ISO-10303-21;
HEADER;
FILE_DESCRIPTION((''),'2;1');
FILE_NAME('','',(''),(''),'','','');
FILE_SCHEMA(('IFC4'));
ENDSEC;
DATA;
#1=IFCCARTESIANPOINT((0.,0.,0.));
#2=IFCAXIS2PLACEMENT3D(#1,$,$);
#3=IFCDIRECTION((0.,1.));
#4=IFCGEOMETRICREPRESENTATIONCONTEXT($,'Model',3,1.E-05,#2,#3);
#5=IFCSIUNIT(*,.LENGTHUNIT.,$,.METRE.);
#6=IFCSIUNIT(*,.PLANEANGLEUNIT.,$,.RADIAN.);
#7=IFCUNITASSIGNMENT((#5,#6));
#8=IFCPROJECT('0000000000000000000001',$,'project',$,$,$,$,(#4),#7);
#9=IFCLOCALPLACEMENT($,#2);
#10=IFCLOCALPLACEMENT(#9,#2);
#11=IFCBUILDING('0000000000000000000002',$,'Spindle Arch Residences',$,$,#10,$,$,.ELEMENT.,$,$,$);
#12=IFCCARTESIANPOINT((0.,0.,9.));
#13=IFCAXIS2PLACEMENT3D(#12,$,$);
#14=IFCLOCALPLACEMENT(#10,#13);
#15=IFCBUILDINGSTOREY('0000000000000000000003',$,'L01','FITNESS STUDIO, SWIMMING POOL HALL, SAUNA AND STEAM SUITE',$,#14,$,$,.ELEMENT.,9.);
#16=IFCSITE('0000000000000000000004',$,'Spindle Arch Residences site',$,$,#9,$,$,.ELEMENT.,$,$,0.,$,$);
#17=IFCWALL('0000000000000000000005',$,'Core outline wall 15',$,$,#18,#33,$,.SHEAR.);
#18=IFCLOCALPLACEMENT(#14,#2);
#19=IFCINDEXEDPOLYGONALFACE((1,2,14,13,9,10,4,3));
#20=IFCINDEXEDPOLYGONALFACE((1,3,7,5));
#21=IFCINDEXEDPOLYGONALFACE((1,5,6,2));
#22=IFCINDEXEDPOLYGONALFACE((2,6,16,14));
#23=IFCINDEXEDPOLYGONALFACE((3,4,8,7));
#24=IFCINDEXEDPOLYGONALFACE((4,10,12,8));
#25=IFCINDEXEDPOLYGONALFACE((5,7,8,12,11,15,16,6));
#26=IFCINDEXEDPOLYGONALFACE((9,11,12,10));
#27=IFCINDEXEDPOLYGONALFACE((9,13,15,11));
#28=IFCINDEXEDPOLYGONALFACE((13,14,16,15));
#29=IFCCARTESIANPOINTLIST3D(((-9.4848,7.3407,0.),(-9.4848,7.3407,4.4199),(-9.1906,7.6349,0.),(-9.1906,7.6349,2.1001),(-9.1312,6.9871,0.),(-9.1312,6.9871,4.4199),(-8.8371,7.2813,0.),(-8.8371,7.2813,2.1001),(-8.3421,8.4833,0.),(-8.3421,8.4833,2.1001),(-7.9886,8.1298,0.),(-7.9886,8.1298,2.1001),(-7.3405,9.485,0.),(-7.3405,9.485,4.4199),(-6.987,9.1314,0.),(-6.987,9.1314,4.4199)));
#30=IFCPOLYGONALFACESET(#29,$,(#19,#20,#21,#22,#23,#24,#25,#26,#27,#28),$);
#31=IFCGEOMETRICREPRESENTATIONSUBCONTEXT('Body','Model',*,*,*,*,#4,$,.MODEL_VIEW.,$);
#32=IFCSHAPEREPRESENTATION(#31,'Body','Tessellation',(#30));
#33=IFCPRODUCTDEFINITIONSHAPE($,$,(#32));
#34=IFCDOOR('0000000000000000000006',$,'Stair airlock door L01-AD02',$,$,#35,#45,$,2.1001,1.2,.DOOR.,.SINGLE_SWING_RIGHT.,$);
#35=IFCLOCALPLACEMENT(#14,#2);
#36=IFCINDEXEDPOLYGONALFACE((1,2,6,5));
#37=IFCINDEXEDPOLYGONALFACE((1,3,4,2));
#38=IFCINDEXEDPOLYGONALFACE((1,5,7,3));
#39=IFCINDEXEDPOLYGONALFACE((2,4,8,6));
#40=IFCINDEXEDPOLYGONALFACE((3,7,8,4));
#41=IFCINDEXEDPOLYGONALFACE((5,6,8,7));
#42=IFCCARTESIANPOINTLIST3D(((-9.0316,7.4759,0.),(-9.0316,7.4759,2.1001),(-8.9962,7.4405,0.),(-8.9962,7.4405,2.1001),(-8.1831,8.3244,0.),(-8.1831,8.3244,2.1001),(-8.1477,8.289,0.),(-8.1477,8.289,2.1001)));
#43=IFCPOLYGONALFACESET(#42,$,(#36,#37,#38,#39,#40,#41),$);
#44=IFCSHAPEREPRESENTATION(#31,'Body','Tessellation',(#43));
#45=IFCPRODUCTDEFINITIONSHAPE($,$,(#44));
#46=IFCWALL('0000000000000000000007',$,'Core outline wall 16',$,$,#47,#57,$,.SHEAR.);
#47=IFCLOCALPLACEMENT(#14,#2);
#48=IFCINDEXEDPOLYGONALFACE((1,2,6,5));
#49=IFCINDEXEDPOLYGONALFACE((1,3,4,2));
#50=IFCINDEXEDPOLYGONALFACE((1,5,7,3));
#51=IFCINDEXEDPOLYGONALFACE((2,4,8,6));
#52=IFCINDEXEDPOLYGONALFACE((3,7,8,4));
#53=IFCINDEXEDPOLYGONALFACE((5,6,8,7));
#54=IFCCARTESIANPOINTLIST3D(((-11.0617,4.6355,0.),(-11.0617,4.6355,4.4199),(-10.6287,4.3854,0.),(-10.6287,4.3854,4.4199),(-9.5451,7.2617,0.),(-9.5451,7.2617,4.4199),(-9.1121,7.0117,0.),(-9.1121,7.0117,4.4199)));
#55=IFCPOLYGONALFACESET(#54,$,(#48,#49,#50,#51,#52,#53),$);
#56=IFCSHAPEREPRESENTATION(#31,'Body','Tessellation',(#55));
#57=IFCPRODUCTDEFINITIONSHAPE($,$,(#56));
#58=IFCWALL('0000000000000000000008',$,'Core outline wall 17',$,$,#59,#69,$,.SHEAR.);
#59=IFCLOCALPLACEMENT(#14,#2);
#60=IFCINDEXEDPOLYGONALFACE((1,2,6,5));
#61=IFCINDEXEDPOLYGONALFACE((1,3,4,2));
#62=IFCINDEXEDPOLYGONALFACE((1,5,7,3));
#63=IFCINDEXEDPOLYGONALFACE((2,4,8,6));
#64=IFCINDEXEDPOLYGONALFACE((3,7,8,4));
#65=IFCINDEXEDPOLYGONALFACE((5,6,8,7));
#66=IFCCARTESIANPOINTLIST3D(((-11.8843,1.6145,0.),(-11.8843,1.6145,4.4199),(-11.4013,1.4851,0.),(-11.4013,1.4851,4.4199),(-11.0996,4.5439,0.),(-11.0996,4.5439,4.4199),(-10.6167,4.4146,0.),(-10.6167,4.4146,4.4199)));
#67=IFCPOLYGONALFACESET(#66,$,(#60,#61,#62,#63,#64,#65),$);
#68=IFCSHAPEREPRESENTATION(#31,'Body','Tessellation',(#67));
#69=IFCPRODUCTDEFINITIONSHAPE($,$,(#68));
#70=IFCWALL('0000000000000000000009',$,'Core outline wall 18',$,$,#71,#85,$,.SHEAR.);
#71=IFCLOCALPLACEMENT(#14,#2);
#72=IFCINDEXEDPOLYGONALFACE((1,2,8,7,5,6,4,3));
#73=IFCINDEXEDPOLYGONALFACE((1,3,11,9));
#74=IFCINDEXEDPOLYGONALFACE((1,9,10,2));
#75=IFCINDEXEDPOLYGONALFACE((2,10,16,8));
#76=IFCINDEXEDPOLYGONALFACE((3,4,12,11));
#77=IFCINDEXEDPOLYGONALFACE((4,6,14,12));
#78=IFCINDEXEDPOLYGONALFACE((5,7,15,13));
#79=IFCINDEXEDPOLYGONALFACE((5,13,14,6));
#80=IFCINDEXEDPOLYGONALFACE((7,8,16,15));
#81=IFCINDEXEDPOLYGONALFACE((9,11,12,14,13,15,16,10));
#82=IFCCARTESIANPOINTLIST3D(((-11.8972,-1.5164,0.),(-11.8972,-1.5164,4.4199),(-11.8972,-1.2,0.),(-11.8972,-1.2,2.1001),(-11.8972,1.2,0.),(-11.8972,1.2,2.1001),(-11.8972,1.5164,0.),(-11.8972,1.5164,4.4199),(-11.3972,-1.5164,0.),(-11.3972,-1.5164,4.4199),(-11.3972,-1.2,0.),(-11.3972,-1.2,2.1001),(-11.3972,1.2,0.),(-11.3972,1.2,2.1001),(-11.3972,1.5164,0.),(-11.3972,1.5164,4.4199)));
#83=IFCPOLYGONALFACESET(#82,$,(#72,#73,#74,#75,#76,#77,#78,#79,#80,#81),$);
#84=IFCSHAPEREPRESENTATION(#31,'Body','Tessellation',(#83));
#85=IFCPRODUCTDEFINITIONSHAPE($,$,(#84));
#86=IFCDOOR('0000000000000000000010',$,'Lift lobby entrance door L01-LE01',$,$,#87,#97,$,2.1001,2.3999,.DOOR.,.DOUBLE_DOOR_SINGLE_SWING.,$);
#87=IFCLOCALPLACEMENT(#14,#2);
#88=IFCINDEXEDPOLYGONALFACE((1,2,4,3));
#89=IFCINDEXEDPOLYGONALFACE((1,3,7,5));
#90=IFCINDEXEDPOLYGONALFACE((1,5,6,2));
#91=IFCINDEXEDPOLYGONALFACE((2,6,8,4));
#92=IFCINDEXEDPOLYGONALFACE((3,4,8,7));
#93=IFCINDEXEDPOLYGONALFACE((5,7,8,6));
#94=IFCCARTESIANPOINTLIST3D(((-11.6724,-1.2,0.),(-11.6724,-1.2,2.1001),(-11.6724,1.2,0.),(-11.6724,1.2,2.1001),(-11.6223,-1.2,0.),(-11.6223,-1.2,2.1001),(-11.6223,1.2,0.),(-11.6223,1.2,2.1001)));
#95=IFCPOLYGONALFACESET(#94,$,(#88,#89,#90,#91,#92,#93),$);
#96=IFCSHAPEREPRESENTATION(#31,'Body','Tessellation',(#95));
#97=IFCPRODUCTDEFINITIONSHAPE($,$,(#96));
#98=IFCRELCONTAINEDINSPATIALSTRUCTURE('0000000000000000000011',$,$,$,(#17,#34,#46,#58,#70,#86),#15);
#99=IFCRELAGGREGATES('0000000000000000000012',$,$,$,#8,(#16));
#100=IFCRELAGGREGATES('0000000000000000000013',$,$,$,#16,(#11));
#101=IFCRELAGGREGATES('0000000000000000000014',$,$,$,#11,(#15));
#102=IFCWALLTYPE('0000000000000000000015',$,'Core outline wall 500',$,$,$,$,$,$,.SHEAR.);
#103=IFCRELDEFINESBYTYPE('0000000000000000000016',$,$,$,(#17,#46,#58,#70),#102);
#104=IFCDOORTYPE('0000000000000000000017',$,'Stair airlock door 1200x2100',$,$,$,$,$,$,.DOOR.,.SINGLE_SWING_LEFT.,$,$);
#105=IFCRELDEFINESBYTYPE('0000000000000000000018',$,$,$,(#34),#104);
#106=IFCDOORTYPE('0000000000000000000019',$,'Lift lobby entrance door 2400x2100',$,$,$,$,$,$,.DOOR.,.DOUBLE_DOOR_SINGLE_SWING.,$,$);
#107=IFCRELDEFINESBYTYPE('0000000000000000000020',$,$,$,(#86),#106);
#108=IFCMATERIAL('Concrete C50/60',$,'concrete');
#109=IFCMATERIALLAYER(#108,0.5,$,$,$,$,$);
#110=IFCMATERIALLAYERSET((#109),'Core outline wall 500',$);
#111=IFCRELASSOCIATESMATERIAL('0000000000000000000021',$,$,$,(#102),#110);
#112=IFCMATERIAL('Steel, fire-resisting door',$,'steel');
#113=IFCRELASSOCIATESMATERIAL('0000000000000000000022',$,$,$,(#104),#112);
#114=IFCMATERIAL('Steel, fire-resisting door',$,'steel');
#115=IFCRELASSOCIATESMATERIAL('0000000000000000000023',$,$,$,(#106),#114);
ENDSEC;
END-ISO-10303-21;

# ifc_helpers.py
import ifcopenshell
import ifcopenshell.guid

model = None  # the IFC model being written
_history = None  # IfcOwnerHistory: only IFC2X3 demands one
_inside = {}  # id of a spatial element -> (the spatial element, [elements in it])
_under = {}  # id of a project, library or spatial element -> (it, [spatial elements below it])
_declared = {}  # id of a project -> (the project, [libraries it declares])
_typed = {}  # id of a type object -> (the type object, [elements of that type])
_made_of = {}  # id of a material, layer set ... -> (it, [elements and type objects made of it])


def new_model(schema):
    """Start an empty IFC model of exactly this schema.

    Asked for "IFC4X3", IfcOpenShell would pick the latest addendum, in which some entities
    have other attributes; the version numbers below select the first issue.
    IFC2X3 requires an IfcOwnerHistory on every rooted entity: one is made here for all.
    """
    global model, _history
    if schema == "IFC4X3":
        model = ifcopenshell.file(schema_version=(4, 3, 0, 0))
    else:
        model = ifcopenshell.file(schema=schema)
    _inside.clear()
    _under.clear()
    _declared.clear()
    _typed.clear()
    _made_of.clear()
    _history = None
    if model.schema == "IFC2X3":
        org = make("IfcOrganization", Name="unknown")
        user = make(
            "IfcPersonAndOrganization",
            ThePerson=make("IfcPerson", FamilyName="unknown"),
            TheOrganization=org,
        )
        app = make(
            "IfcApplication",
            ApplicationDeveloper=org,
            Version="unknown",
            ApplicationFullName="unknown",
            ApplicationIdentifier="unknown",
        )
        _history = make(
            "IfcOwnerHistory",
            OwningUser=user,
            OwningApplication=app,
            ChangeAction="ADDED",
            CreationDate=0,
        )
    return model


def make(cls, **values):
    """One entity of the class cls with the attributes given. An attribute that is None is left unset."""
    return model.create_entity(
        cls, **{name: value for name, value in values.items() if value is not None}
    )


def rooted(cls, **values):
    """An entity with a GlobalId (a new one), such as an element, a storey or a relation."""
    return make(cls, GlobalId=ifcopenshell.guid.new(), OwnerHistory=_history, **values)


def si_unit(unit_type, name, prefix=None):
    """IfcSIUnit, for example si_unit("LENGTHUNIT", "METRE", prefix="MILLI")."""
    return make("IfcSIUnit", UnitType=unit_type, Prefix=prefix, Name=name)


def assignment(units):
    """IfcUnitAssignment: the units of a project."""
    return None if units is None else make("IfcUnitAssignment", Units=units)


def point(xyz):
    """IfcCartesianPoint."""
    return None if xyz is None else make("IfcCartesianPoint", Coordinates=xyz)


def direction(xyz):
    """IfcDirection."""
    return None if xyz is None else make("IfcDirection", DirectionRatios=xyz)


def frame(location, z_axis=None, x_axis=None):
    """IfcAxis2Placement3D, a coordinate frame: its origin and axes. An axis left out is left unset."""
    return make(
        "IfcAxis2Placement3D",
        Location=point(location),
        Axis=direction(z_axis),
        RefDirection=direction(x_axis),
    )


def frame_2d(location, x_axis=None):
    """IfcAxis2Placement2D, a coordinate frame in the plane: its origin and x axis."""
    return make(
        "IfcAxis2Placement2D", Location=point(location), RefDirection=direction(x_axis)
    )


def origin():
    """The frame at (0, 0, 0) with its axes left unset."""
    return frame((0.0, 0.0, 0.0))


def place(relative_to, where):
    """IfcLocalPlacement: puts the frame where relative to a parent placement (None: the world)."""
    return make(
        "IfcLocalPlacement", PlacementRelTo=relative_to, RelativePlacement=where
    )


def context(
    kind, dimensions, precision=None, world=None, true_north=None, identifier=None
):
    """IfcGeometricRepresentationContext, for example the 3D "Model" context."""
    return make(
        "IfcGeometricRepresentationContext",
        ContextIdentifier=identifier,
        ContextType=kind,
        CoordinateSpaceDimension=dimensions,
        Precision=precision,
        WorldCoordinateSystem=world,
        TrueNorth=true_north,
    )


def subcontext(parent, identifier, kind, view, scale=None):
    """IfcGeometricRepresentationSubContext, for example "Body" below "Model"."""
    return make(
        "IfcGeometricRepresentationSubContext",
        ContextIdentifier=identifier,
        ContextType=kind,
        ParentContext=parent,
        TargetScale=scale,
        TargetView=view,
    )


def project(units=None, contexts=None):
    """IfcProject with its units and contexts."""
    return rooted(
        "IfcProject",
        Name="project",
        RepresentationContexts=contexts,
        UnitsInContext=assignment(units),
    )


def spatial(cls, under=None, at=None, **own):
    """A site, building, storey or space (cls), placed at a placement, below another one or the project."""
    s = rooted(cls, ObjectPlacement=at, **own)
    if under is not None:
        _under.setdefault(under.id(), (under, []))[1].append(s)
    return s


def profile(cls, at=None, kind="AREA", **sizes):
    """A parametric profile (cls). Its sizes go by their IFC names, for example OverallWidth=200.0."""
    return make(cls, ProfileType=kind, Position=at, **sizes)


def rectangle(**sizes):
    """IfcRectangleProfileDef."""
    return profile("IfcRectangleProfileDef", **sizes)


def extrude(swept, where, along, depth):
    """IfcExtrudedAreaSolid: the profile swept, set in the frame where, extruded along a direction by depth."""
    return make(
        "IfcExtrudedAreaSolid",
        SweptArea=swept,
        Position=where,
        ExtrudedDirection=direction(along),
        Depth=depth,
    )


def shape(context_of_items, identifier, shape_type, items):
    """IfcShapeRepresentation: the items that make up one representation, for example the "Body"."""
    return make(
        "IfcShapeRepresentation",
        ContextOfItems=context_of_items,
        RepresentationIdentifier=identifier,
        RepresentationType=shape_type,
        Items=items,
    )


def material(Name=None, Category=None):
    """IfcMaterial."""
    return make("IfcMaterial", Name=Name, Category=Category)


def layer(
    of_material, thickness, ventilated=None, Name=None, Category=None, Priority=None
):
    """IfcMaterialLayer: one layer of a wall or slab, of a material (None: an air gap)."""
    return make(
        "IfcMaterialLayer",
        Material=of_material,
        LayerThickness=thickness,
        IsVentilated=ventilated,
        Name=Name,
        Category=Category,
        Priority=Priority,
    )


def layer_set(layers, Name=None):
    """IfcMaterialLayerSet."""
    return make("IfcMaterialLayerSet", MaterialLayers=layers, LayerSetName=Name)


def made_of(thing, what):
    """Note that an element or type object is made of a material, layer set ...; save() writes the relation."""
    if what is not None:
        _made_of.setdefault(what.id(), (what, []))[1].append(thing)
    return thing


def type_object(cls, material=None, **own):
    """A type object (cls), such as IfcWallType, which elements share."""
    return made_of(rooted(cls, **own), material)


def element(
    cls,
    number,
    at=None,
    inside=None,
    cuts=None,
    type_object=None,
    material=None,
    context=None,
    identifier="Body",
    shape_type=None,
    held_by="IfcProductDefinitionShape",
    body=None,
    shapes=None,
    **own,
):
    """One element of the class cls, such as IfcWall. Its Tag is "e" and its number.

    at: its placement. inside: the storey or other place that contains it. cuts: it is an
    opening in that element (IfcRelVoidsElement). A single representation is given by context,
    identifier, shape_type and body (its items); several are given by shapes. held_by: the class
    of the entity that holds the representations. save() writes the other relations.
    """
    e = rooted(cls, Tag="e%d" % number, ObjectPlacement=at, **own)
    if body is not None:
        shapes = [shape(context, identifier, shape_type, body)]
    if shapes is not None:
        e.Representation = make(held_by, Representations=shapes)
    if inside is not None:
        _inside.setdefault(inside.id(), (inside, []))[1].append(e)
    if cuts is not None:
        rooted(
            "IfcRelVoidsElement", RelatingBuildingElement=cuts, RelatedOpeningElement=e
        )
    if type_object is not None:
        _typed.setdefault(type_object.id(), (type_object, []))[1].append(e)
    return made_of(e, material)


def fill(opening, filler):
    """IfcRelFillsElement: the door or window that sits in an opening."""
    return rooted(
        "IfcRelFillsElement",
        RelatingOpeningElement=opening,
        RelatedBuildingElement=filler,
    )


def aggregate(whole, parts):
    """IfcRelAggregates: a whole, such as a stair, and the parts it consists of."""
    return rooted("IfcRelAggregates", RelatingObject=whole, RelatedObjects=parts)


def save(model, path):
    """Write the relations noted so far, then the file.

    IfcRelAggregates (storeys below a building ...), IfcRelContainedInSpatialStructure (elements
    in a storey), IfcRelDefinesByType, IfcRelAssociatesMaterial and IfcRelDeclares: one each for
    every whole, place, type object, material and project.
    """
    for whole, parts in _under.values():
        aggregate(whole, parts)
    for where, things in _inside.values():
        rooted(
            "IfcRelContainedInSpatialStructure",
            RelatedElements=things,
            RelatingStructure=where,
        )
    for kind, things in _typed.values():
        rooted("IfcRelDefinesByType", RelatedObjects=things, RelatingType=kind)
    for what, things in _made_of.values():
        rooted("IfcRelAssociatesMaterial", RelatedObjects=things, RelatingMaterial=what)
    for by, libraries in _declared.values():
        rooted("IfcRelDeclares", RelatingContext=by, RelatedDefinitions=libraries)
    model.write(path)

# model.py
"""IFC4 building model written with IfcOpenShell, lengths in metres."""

from ifc_helpers import new_model, si_unit, direction, frame, frame_2d, origin, place, context, subcontext, project, spatial, rectangle, extrude, material, layer, layer_set, type_object, element, fill, save


model = new_model("IFC4")

# Units and contexts
model_context = context("Model", 3, precision=1e-05, world=origin(), true_north=direction((0.0, 1.0)))
body_context = subcontext(model_context, "Body", "Model", "MODEL_VIEW")
ifc_project = project(units=[si_unit("LENGTHUNIT", "METRE"), si_unit("PLANEANGLEUNIT", "RADIAN")], contexts=[model_context])

# Site, building, storey
site_placement = place(None, origin())
site = spatial("IfcSite", under=ifc_project, at=site_placement, Name="Spindle Arch Residences site", CompositionType="ELEMENT", RefElevation=0.0)
building_placement = place(site_placement, origin())
building = spatial("IfcBuilding", under=site, at=building_placement, Name="Spindle Arch Residences", CompositionType="ELEMENT")
storey_placement = place(building_placement, frame((0.0, 0.0, 9.0)))
storey = spatial("IfcBuildingStorey", under=building, at=storey_placement, Name="L01", Description="FITNESS STUDIO, SWIMMING POOL HALL, SAUNA AND STEAM SUITE", CompositionType="ELEMENT", Elevation=9.0)

# Wall, opening, door
ifc_material_1 = material(Name="Concrete C50/60", Category="concrete")
ifc_layer_1 = layer(ifc_material_1, 0.5)
ifc_layer_set_1 = layer_set([ifc_layer_1], Name="Core outline wall 500")
wall_type_1 = type_object("IfcWallType", Name="Core outline wall 500", PredefinedType="SHEAR", material=ifc_layer_set_1)
wall_1_placement = place(storey_placement, frame((-7.1638, 9.3081, 0.0), z_axis=(0.0, 0.0, 1.0), x_axis=(-0.707107, -0.707107, 0.0)))
wall_1 = element("IfcWall", 1, at=wall_1_placement, inside=storey, type_object=wall_type_1, Name="Core outline wall 15", PredefinedType="SHEAR", context=body_context, shape_type="SweptSolid", body=[
    extrude(rectangle(XDim=3.0325, YDim=0.5, at=frame_2d((1.5161, 0.0))), origin(), (0.0, 0.0, 1.0), 4.4199),
])
opening_1_placement = place(wall_1_placement, frame((1.4163, 0.0, 0.0)))
opening_1 = element("IfcOpeningElement", 2, at=opening_1_placement, cuts=wall_1, PredefinedType="OPENING", context=body_context, shape_type="SweptSolid", body=[
    extrude(rectangle(XDim=1.2, YDim=2.1001, at=frame_2d((0.6001, 1.05))), frame((0.0, 0.26, 0.0), z_axis=(0.0, -1.0, 0.0), x_axis=(1.0, 0.0, 0.0)), (0.0, 0.0, 1.0), 0.52),
])
ifc_material_2 = material(Name="Steel, fire-resisting door", Category="steel")
door_type_1 = type_object("IfcDoorType", Name="Stair airlock door 1200x2100", OperationType="SINGLE_SWING_LEFT", PredefinedType="DOOR", material=ifc_material_2)
door_1_placement = place(opening_1_placement, origin())
door_1 = element("IfcDoor", 3, at=door_1_placement, inside=storey, type_object=door_type_1, Name="Stair airlock door L01-AD02", OperationType="SINGLE_SWING_RIGHT", OverallHeight=2.1001, OverallWidth=1.2, PredefinedType="DOOR", context=body_context, shape_type="SweptSolid", body=[
    extrude(rectangle(XDim=1.2, YDim=2.1001, at=frame_2d((0.6001, 1.05))), frame((0.0, 0.0249, 0.0), z_axis=(0.0, -1.0, 0.0), x_axis=(1.0, 0.0, 0.0)), (0.0, 0.0, 1.0), 0.05),
])
fill(opening_1, door_1)

# Walls
for number, where, z_axis, x_axis, name in (
    (4, (-9.3286, 7.1367, 0.0), (0.0, 0.0, 1.0), (-0.500087, -0.865975, 0.0), "Core outline wall 16"),
    (5, (-10.8582, 4.4792, 0.0), (0.0, 0.0, 1.0), (-0.258735, -0.965948, 0.0), "Core outline wall 17"),
):
    element("IfcWall", number, at=place(storey_placement, frame(where, z_axis=z_axis, x_axis=x_axis)), inside=storey, type_object=wall_type_1, Name=name, PredefinedType="SHEAR", context=body_context, shape_type="SweptSolid", body=[
        extrude(rectangle(XDim=3.0327, YDim=0.5, at=frame_2d((1.5164, 0.0))), origin(), (0.0, 0.0, 1.0), 4.4199),
    ])

# Wall, opening, door
wall_2_placement = place(storey_placement, frame((-11.6472, 1.5164, 0.0), z_axis=(0.0, 0.0, 1.0), x_axis=(0.0, -1.0, 0.0)))
wall_2 = element("IfcWall", 6, at=wall_2_placement, inside=storey, type_object=wall_type_1, Name="Core outline wall 18", PredefinedType="SHEAR", context=body_context, shape_type="SweptSolid", body=[
    extrude(rectangle(XDim=3.0327, YDim=0.5, at=frame_2d((1.5164, 0.0))), origin(), (0.0, 0.0, 1.0), 4.4199),
])
opening_2_placement = place(wall_2_placement, frame((0.3164, 0.0, 0.0)))
opening_2 = element("IfcOpeningElement", 7, at=opening_2_placement, cuts=wall_2, PredefinedType="OPENING", context=body_context, shape_type="SweptSolid", body=[
    extrude(rectangle(XDim=2.3999, YDim=2.1001, at=frame_2d((1.2, 1.05))), frame((0.0, 0.26, 0.0), z_axis=(0.0, -1.0, 0.0), x_axis=(1.0, 0.0, 0.0)), (0.0, 0.0, 1.0), 0.52),
])
ifc_material_3 = material(Name="Steel, fire-resisting door", Category="steel")
door_type_2 = type_object("IfcDoorType", Name="Lift lobby entrance door 2400x2100", OperationType="DOUBLE_DOOR_SINGLE_SWING", PredefinedType="DOOR", material=ifc_material_3)
door_2_placement = place(opening_2_placement, origin())
door_2 = element("IfcDoor", 8, at=door_2_placement, inside=storey, type_object=door_type_2, Name="Lift lobby entrance door L01-LE01", OperationType="DOUBLE_DOOR_SINGLE_SWING", OverallHeight=2.1001, OverallWidth=2.3999, PredefinedType="DOOR", context=body_context, shape_type="SweptSolid", body=[
    extrude(rectangle(XDim=2.3999, YDim=2.1001, at=frame_2d((1.2, 1.05))), frame((0.0, 0.0249, 0.0), z_axis=(0.0, -1.0, 0.0), x_axis=(1.0, 0.0, 0.0)), (0.0, 0.0, 1.0), 0.05),
])
fill(opening_2, door_2)

save(model, "model.ifc")
